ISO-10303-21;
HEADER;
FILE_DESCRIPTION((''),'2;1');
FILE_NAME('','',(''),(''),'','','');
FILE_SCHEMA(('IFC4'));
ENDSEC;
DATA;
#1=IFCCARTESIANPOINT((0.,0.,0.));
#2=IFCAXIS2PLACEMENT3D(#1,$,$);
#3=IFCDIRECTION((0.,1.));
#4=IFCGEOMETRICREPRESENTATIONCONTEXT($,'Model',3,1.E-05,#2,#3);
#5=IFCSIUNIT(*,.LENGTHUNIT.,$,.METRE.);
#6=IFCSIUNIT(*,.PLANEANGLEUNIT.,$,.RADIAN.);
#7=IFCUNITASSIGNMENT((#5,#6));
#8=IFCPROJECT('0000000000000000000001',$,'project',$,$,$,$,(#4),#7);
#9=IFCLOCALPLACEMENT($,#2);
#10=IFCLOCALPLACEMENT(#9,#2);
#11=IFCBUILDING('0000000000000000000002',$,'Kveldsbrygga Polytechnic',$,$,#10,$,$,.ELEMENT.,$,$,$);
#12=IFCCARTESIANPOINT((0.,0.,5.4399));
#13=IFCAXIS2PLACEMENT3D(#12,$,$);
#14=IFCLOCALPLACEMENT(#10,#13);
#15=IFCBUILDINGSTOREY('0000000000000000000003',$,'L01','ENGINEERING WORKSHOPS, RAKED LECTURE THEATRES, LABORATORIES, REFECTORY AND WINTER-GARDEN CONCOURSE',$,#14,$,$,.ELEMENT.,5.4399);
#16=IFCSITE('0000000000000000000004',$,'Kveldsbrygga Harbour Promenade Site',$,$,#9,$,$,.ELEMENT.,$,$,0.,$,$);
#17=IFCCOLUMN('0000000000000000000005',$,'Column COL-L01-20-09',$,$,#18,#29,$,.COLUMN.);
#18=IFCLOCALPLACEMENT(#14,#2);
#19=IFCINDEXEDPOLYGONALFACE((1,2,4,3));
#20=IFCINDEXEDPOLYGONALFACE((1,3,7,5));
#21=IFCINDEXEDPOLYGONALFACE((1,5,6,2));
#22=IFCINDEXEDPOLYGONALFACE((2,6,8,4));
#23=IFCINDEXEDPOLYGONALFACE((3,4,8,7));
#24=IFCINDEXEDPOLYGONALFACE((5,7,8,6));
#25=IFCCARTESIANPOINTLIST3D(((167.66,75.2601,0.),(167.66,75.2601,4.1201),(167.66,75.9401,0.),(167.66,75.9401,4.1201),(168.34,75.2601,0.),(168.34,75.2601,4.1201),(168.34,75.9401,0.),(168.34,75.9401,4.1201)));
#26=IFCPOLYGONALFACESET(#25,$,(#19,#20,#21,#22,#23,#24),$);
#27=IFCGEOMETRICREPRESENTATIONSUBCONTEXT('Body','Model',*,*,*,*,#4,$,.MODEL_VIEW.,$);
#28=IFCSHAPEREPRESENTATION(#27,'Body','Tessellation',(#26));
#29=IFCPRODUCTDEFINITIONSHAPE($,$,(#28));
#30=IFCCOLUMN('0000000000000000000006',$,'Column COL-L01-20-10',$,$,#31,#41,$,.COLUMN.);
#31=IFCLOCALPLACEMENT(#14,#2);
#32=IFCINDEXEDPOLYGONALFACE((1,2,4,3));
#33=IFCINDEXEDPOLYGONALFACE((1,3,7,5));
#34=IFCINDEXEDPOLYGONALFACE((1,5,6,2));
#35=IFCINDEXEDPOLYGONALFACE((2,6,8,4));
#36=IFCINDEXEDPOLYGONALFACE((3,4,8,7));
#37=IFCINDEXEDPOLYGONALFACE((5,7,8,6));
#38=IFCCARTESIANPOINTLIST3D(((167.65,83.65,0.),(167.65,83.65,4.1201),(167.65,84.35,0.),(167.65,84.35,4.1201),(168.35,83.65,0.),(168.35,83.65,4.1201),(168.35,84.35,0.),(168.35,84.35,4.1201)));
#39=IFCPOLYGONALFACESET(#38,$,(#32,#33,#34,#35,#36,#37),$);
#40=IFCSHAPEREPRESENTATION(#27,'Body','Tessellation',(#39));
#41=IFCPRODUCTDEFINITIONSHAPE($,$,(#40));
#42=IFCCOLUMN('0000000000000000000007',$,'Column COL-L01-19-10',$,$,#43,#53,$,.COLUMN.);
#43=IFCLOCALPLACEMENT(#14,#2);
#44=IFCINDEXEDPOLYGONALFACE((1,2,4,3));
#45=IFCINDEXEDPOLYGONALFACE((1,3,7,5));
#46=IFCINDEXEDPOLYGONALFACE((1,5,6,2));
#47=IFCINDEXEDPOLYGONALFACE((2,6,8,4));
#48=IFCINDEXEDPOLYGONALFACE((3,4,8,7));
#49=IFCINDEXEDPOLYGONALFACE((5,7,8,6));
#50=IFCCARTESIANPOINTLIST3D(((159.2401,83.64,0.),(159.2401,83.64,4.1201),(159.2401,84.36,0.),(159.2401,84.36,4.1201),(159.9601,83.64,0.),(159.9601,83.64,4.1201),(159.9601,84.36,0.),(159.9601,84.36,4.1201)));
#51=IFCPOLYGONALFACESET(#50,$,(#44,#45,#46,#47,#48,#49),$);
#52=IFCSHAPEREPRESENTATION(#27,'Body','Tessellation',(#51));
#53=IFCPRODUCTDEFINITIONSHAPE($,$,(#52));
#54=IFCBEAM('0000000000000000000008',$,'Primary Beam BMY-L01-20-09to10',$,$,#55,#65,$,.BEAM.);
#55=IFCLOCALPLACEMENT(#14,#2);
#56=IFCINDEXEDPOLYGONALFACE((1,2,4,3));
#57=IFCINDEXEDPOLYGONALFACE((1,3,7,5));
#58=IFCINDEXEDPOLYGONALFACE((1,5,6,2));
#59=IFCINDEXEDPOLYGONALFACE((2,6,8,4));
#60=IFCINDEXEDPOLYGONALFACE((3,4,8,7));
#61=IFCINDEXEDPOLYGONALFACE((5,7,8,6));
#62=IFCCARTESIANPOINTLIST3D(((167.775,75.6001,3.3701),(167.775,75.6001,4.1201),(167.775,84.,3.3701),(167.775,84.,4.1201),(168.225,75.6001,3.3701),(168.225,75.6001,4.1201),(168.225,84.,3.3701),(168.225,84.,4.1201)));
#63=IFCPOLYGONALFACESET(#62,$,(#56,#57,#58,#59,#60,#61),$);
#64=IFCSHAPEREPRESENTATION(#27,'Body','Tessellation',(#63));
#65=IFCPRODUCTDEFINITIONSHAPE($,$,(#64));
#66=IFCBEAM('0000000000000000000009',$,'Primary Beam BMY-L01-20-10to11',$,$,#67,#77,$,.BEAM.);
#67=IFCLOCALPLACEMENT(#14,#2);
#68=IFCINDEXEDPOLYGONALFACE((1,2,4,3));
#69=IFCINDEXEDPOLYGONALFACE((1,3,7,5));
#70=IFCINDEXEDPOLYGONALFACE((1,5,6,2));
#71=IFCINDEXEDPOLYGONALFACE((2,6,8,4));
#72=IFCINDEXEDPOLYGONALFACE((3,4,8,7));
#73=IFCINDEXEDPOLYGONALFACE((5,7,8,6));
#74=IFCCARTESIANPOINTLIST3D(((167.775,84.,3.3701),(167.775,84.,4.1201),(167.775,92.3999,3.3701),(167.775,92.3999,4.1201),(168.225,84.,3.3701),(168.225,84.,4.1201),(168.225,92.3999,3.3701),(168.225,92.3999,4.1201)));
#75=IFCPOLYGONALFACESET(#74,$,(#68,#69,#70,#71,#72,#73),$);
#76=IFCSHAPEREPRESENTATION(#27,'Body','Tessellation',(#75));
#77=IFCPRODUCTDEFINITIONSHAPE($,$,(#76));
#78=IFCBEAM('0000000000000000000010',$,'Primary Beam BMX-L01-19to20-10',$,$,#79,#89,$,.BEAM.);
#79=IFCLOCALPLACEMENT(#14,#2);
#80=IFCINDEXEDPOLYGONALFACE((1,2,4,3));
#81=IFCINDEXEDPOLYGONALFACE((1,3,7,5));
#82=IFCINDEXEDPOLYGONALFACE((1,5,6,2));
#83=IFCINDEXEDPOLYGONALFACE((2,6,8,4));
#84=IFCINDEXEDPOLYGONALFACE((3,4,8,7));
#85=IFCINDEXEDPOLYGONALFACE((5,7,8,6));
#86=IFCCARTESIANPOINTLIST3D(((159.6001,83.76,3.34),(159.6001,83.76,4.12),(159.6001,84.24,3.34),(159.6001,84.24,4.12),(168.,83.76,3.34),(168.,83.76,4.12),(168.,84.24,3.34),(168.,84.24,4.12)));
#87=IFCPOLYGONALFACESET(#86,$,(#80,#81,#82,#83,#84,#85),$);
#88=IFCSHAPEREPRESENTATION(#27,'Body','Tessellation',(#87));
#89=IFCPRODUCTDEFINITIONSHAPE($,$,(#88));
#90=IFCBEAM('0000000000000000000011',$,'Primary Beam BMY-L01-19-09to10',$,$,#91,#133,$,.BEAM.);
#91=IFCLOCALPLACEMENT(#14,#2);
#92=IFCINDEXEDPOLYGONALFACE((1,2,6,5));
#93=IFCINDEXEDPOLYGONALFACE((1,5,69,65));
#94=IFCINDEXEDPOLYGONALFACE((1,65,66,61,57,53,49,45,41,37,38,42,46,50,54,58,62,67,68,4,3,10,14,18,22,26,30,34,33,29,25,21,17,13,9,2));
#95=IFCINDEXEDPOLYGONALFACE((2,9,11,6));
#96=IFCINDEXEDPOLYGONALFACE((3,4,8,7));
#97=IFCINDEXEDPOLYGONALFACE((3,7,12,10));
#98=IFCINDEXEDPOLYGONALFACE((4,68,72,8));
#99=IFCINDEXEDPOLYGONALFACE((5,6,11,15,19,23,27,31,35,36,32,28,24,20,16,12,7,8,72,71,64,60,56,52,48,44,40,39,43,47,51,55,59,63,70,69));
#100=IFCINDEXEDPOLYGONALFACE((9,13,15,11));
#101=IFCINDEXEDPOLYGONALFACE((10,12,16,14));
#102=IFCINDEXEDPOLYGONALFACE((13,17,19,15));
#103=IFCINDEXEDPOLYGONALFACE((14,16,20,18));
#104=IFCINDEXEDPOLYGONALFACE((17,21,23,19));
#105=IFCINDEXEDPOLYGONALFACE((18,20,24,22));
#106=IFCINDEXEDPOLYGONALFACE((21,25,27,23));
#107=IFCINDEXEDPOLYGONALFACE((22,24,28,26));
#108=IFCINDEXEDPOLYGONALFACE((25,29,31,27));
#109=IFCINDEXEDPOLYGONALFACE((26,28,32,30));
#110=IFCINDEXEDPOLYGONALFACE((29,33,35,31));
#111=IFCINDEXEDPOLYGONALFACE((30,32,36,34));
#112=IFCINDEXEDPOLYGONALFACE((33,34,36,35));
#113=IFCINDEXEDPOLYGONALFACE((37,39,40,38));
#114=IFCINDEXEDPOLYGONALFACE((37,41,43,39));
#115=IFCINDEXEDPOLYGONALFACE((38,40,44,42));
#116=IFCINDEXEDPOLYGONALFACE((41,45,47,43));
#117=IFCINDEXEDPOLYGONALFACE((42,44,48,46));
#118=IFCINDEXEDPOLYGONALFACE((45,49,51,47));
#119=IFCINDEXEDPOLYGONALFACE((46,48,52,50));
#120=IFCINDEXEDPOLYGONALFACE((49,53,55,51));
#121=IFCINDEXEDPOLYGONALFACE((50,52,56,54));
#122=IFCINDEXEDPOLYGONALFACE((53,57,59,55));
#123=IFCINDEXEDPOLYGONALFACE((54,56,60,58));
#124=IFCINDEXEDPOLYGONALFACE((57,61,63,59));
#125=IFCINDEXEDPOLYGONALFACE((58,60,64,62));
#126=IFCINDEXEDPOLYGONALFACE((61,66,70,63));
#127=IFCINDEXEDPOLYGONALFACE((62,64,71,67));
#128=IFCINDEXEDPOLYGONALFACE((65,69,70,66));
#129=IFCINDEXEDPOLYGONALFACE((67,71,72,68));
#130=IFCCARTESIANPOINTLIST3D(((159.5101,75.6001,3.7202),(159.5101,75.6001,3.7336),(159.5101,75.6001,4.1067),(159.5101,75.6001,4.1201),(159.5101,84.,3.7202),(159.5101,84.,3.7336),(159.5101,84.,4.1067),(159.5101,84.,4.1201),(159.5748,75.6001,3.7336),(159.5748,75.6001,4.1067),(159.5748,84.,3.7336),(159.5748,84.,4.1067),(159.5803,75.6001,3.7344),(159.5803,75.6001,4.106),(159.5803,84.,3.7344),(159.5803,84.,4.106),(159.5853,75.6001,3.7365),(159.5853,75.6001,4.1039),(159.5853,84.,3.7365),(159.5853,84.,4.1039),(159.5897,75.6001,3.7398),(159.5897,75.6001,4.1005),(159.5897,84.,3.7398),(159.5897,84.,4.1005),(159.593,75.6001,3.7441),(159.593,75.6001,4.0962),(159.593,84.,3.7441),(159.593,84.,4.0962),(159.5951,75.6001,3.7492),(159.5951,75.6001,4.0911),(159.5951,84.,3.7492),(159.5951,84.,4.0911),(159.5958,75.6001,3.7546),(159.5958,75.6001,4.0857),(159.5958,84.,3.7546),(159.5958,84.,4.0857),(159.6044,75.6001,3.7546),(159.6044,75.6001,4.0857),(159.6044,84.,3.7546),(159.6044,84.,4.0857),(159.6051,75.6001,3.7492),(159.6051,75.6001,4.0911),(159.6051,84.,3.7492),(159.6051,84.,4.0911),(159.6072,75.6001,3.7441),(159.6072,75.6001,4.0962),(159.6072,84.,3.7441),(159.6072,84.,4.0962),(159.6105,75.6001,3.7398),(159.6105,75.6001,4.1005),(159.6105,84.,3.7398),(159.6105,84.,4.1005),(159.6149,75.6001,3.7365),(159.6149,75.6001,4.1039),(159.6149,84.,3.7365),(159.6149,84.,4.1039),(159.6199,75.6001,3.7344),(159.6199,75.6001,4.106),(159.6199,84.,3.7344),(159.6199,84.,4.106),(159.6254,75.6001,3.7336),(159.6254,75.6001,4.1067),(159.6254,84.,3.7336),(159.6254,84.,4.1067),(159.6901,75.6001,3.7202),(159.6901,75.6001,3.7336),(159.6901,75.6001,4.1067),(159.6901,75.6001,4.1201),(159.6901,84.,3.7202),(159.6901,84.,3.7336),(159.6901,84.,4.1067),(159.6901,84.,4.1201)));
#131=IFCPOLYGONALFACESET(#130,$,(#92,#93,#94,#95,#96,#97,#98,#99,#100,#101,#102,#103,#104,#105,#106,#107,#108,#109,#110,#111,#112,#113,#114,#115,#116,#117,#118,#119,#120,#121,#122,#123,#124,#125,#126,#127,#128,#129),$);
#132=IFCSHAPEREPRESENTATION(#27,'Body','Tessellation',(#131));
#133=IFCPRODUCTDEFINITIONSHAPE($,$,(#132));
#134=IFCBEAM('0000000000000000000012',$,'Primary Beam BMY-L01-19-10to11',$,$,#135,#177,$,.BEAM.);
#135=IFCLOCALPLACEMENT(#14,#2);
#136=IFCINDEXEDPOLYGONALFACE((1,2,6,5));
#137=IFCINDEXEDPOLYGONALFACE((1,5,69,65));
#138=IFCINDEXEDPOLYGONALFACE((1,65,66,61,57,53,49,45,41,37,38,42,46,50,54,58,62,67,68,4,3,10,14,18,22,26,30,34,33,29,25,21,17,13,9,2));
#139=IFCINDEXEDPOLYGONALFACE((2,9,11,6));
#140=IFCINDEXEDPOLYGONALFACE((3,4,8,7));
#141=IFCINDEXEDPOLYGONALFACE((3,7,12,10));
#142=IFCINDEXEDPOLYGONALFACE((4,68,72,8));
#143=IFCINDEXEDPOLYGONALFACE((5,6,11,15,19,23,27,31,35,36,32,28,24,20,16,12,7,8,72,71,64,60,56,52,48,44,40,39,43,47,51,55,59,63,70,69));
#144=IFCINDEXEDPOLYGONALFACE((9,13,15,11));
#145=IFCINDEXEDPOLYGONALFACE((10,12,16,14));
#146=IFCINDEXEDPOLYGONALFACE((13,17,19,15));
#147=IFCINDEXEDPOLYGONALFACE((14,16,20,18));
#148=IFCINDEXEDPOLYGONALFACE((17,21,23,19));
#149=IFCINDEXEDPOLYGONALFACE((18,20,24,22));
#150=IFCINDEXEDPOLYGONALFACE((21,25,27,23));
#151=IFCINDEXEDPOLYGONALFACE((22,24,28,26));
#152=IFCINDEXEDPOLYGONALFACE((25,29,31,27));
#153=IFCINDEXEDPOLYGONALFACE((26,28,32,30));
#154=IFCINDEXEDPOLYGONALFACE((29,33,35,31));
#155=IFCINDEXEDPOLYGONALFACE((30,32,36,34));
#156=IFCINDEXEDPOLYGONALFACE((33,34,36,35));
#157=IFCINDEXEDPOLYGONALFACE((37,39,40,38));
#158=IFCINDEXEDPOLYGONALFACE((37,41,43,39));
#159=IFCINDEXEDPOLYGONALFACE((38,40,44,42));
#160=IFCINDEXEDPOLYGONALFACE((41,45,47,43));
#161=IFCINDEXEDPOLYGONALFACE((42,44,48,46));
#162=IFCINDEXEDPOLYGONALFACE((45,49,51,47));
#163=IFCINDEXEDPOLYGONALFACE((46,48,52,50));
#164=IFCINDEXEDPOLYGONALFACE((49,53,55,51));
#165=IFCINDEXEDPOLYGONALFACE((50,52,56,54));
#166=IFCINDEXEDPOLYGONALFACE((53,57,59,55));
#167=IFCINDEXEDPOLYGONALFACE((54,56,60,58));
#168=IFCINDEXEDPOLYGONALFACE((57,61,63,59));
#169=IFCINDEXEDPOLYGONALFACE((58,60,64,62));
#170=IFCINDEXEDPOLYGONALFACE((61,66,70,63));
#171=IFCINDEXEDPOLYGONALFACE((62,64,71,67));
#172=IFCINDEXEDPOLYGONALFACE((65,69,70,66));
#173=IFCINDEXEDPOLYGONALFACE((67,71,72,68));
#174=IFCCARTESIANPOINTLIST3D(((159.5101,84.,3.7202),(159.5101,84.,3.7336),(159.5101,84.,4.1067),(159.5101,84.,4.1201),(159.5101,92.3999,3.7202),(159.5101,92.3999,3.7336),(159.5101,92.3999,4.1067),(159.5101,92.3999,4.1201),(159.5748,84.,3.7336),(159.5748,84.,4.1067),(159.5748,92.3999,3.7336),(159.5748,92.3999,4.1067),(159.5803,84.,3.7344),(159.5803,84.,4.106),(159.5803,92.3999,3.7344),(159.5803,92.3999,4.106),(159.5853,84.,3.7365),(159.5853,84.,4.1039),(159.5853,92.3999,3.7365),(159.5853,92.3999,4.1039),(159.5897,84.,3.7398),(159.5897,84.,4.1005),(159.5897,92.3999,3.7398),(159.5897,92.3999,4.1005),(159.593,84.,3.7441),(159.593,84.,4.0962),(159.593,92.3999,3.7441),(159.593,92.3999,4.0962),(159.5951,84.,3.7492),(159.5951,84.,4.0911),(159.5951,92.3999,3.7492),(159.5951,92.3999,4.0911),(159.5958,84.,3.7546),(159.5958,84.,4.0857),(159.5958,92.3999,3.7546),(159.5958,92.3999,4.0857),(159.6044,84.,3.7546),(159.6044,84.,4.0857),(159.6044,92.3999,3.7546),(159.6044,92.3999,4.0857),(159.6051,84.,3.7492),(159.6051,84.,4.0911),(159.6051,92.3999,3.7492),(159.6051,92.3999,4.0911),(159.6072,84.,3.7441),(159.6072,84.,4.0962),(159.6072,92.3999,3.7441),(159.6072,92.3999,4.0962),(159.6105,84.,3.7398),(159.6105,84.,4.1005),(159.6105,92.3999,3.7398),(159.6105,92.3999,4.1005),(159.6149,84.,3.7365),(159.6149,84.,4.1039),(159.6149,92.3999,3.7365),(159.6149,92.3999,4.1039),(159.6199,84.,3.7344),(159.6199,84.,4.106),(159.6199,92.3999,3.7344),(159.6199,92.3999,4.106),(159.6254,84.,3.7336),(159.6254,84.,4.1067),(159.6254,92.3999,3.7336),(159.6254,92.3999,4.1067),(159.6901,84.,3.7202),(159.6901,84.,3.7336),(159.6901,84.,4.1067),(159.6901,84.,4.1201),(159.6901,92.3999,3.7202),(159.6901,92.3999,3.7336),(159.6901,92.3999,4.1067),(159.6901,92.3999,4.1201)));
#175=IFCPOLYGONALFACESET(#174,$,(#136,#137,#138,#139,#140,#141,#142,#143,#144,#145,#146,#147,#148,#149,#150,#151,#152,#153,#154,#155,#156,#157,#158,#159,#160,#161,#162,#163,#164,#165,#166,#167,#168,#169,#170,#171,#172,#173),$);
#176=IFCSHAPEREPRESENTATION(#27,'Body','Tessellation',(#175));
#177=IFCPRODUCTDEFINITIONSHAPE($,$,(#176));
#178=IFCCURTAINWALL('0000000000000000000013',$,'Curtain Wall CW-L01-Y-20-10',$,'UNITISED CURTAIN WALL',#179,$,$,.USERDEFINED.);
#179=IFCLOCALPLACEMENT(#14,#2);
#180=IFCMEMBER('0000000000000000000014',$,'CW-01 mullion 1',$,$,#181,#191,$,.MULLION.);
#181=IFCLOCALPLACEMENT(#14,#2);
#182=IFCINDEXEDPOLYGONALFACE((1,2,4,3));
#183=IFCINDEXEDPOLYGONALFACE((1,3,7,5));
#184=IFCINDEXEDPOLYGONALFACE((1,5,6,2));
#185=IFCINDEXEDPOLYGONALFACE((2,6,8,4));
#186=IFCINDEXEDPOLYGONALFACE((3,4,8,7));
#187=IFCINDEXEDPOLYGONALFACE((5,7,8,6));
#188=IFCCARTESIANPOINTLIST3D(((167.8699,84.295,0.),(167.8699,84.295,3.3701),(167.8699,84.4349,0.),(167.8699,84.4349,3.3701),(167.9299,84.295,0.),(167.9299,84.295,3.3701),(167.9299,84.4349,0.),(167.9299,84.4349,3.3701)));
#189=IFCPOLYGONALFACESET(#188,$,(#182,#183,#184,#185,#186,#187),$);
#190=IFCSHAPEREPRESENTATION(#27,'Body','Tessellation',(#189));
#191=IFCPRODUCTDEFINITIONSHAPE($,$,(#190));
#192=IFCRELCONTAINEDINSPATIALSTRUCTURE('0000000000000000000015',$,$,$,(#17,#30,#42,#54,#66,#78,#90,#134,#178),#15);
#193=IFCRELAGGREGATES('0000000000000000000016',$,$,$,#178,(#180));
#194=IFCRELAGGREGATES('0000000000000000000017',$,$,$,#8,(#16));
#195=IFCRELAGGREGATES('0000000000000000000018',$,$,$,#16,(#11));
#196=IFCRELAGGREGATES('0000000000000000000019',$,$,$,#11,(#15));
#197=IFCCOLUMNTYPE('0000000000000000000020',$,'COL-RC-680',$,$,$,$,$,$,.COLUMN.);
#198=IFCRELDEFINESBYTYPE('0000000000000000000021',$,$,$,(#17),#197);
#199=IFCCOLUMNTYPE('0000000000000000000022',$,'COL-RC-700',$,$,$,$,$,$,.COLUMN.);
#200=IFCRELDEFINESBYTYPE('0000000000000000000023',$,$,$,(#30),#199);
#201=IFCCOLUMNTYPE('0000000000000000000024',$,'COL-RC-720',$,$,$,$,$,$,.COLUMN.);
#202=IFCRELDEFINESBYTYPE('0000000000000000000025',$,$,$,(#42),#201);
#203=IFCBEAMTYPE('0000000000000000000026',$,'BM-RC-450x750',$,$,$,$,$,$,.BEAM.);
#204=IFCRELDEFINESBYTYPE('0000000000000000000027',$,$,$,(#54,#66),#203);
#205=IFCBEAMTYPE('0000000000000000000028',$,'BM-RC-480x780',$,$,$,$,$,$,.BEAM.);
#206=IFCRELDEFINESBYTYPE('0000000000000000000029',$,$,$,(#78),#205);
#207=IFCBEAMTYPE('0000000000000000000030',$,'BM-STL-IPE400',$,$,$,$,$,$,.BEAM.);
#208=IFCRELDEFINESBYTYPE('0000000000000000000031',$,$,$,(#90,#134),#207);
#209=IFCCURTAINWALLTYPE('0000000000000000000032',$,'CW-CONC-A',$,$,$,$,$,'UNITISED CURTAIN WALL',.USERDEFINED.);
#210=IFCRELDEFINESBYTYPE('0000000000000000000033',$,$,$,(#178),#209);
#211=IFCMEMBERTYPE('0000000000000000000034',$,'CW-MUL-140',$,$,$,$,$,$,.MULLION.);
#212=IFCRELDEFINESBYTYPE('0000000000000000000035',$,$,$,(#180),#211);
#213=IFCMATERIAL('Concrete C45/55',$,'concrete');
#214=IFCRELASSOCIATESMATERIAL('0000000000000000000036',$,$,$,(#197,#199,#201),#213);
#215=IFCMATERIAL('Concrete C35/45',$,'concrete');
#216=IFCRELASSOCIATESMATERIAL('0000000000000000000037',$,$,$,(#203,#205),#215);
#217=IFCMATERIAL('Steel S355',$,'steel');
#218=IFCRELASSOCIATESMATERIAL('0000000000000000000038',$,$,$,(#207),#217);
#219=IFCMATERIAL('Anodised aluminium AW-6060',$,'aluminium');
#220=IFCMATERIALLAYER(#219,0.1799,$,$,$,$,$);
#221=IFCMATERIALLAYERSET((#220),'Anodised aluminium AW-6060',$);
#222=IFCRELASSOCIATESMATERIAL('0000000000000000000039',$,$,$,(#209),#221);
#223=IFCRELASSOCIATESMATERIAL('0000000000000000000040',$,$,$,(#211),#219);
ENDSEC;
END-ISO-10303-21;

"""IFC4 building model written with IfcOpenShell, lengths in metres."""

from ifc_helpers import new_model, si_unit, direction, frame, origin, origin_2d, place, context, subcontext, project, spatial, rectangle, i_section, extrude, material, layer, layer_set, material_profile, profile_set, type_object, element, aggregate, save


model = new_model("IFC4")

# Units and contexts
model_context = context("Model", 3, precision=1e-05, world=origin(), true_north=direction((0.0, 1.0)))
body_context = subcontext(model_context, "Body", "Model", "MODEL_VIEW")
ifc_project = project(units=[si_unit("LENGTHUNIT", "METRE"), si_unit("PLANEANGLEUNIT", "RADIAN")], contexts=[model_context])

# Site, building, storey
site_placement = place(None, origin())
site = spatial("IfcSite", under=ifc_project, at=site_placement, Name="Kveldsbrygga Harbour Promenade Site", CompositionType="ELEMENT", RefElevation=0.0)
building_placement = place(site_placement, origin())
building = spatial("IfcBuilding", under=site, at=building_placement, Name="Kveldsbrygga Polytechnic", CompositionType="ELEMENT")
storey_placement = place(building_placement, frame((0.0, 0.0, 5.4399)))
storey = spatial("IfcBuildingStorey", under=building, at=storey_placement, Name="L01", Description="ENGINEERING WORKSHOPS, RAKED LECTURE THEATRES, LABORATORIES, REFECTORY AND WINTER-GARDEN CONCOURSE", CompositionType="ELEMENT", Elevation=5.4399)

# Columns
ifc_material_1 = material(Name="Concrete C45/55", Category="concrete")
ifc_material_profile_1 = material_profile(ifc_material_1, rectangle(XDim=0.6799, YDim=0.6799, at=origin_2d()), Name="RC 680x680")
ifc_profile_set_1 = profile_set([ifc_material_profile_1], Name="Concrete C45/55")
column_type_1 = type_object("IfcColumnType", Name="COL-RC-680", PredefinedType="COLUMN", material=ifc_profile_set_1)
column_1_placement = place(storey_placement, frame((168.0, 75.6001, 0.0), z_axis=(0.0, 0.0, 1.0), x_axis=(1.0, 0.0, 0.0)))
element("IfcColumn", 1, at=column_1_placement, inside=storey, type_object=column_type_1, Name="Column COL-L01-20-09", PredefinedType="COLUMN", context=body_context, shape_type="SweptSolid", body=[
    extrude(rectangle(XDim=0.6799, YDim=0.6799, at=origin_2d()), origin(), (0.0, 0.0, 1.0), 4.1201),
])
ifc_material_profile_2 = material_profile(ifc_material_1, rectangle(XDim=0.7, YDim=0.7, at=origin_2d()), Name="RC 700x700")
ifc_profile_set_2 = profile_set([ifc_material_profile_2], Name="Concrete C45/55")
column_type_2 = type_object("IfcColumnType", Name="COL-RC-700", PredefinedType="COLUMN", material=ifc_profile_set_2)
column_2_placement = place(storey_placement, frame((168.0, 84.0, 0.0), z_axis=(0.0, 0.0, 1.0), x_axis=(1.0, 0.0, 0.0)))
element("IfcColumn", 2, at=column_2_placement, inside=storey, type_object=column_type_2, Name="Column COL-L01-20-10", PredefinedType="COLUMN", context=body_context, shape_type="SweptSolid", body=[
    extrude(rectangle(XDim=0.7, YDim=0.7, at=origin_2d()), origin(), (0.0, 0.0, 1.0), 4.1201),
])
ifc_material_profile_3 = material_profile(ifc_material_1, rectangle(XDim=0.72, YDim=0.72, at=origin_2d()), Name="RC 720x720")
ifc_profile_set_3 = profile_set([ifc_material_profile_3], Name="Concrete C45/55")
column_type_3 = type_object("IfcColumnType", Name="COL-RC-720", PredefinedType="COLUMN", material=ifc_profile_set_3)
column_3_placement = place(storey_placement, frame((159.6001, 84.0, 0.0), z_axis=(0.0, 0.0, 1.0), x_axis=(1.0, 0.0, 0.0)))
element("IfcColumn", 3, at=column_3_placement, inside=storey, type_object=column_type_3, Name="Column COL-L01-19-10", PredefinedType="COLUMN", context=body_context, shape_type="SweptSolid", body=[
    extrude(rectangle(XDim=0.72, YDim=0.72, at=origin_2d()), origin(), (0.0, 0.0, 1.0), 4.1201),
])

# Beams
ifc_material_2 = material(Name="Concrete C35/45", Category="concrete")
ifc_material_profile_4 = material_profile(ifc_material_2, rectangle(XDim=0.45, YDim=0.75, at=origin_2d()), Name="RC 450x750")
ifc_profile_set_4 = profile_set([ifc_material_profile_4], Name="Concrete C35/45")
beam_type_1 = type_object("IfcBeamType", Name="BM-RC-450x750", PredefinedType="BEAM", material=ifc_profile_set_4)
for number, where, z_axis, x_axis, name in (
    (4, (168.0, 75.6001, 3.7451), (0.0, 1.0, 0.0), (-1.0, 0.0, 0.0), "Primary Beam BMY-L01-20-09to10"),
    (5, (168.0, 84.0, 3.7451), (0.0, 1.0, 0.0), (-1.0, 0.0, 0.0), "Primary Beam BMY-L01-20-10to11"),
):
    element("IfcBeam", number, at=place(storey_placement, frame(where, z_axis=z_axis, x_axis=x_axis)), inside=storey, type_object=beam_type_1, Name=name, PredefinedType="BEAM", context=body_context, shape_type="SweptSolid", body=[
        extrude(rectangle(XDim=0.45, YDim=0.75, at=origin_2d()), origin(), (0.0, 0.0, 1.0), 8.3999),
    ])
ifc_material_profile_5 = material_profile(ifc_material_2, rectangle(XDim=0.48, YDim=0.78, at=origin_2d()), Name="RC 480x780")
ifc_profile_set_5 = profile_set([ifc_material_profile_5], Name="Concrete C35/45")
beam_type_2 = type_object("IfcBeamType", Name="BM-RC-480x780", PredefinedType="BEAM", material=ifc_profile_set_5)
beam_1_placement = place(storey_placement, frame((159.6001, 84.0, 3.73), z_axis=(1.0, 0.0, 0.0), x_axis=(0.0, 1.0, 0.0)))
element("IfcBeam", 6, at=beam_1_placement, inside=storey, type_object=beam_type_2, Name="Primary Beam BMX-L01-19to20-10", PredefinedType="BEAM", context=body_context, shape_type="SweptSolid", body=[
    extrude(rectangle(XDim=0.48, YDim=0.78, at=origin_2d()), origin(), (0.0, 0.0, 1.0), 8.3999),
])
ifc_material_3 = material(Name="Steel S355", Category="steel")
ifc_material_profile_6 = material_profile(ifc_material_3, i_section(OverallWidth=0.1799, OverallDepth=0.3999, WebThickness=0.0085, FlangeThickness=0.0134, FilletRadius=0.021, at=origin_2d()), Name="IPE 400")
ifc_profile_set_6 = profile_set([ifc_material_profile_6], Name="Steel S355")
beam_type_3 = type_object("IfcBeamType", Name="BM-STL-IPE400", PredefinedType="BEAM", material=ifc_profile_set_6)
for number, where, z_axis, x_axis, name in (
    (7, (159.6001, 75.6001, 3.9202), (0.0, 1.0, 0.0), (-1.0, 0.0, 0.0), "Primary Beam BMY-L01-19-09to10"),
    (8, (159.6001, 84.0, 3.9202), (0.0, 1.0, 0.0), (-1.0, 0.0, 0.0), "Primary Beam BMY-L01-19-10to11"),
):
    element("IfcBeam", number, at=place(storey_placement, frame(where, z_axis=z_axis, x_axis=x_axis)), inside=storey, type_object=beam_type_3, Name=name, PredefinedType="BEAM", context=body_context, shape_type="SweptSolid", body=[
        extrude(i_section(OverallWidth=0.1799, OverallDepth=0.3999, WebThickness=0.0085, FlangeThickness=0.0134, FilletRadius=0.021, at=origin_2d()), origin(), (0.0, 0.0, 1.0), 8.3999),
    ])

# Curtain wall, member
ifc_material_4 = material(Name="Anodised aluminium AW-6060", Category="aluminium")
ifc_layer_1 = layer(ifc_material_4, 0.1799)
ifc_layer_set_1 = layer_set([ifc_layer_1], Name="Anodised aluminium AW-6060")
curtain_wall_type = type_object("IfcCurtainWallType", Name="CW-CONC-A", ElementType="UNITISED CURTAIN WALL", PredefinedType="USERDEFINED", material=ifc_layer_set_1)
curtain_wall_placement = place(storey_placement, origin())
curtain_wall = element("IfcCurtainWall", 9, at=curtain_wall_placement, inside=storey, type_object=curtain_wall_type, Name="Curtain Wall CW-L01-Y-20-10", ObjectType="UNITISED CURTAIN WALL", PredefinedType="USERDEFINED")
ifc_material_profile_7 = material_profile(ifc_material_4, rectangle(XDim=0.0601, YDim=0.1399, at=origin_2d()), Name="ALU 60x140")
ifc_profile_set_7 = profile_set([ifc_material_profile_7], Name="Anodised aluminium AW-6060")
member_type = type_object("IfcMemberType", Name="CW-MUL-140", PredefinedType="MULLION", material=ifc_profile_set_7)
member_placement = place(storey_placement, frame((167.8999, 84.365, 0.0), z_axis=(0.0, 0.0, 1.0), x_axis=(-1.0, 0.0, 0.0)))
member = element("IfcMember", 10, at=member_placement, type_object=member_type, Name="CW-01 mullion 1", PredefinedType="MULLION", context=body_context, shape_type="SweptSolid", body=[
    extrude(rectangle(XDim=0.0601, YDim=0.1399, at=origin_2d()), origin(), (0.0, 0.0, 1.0), 3.3701),
])
aggregate(curtain_wall, [member])

save(model, "model.ifc")
